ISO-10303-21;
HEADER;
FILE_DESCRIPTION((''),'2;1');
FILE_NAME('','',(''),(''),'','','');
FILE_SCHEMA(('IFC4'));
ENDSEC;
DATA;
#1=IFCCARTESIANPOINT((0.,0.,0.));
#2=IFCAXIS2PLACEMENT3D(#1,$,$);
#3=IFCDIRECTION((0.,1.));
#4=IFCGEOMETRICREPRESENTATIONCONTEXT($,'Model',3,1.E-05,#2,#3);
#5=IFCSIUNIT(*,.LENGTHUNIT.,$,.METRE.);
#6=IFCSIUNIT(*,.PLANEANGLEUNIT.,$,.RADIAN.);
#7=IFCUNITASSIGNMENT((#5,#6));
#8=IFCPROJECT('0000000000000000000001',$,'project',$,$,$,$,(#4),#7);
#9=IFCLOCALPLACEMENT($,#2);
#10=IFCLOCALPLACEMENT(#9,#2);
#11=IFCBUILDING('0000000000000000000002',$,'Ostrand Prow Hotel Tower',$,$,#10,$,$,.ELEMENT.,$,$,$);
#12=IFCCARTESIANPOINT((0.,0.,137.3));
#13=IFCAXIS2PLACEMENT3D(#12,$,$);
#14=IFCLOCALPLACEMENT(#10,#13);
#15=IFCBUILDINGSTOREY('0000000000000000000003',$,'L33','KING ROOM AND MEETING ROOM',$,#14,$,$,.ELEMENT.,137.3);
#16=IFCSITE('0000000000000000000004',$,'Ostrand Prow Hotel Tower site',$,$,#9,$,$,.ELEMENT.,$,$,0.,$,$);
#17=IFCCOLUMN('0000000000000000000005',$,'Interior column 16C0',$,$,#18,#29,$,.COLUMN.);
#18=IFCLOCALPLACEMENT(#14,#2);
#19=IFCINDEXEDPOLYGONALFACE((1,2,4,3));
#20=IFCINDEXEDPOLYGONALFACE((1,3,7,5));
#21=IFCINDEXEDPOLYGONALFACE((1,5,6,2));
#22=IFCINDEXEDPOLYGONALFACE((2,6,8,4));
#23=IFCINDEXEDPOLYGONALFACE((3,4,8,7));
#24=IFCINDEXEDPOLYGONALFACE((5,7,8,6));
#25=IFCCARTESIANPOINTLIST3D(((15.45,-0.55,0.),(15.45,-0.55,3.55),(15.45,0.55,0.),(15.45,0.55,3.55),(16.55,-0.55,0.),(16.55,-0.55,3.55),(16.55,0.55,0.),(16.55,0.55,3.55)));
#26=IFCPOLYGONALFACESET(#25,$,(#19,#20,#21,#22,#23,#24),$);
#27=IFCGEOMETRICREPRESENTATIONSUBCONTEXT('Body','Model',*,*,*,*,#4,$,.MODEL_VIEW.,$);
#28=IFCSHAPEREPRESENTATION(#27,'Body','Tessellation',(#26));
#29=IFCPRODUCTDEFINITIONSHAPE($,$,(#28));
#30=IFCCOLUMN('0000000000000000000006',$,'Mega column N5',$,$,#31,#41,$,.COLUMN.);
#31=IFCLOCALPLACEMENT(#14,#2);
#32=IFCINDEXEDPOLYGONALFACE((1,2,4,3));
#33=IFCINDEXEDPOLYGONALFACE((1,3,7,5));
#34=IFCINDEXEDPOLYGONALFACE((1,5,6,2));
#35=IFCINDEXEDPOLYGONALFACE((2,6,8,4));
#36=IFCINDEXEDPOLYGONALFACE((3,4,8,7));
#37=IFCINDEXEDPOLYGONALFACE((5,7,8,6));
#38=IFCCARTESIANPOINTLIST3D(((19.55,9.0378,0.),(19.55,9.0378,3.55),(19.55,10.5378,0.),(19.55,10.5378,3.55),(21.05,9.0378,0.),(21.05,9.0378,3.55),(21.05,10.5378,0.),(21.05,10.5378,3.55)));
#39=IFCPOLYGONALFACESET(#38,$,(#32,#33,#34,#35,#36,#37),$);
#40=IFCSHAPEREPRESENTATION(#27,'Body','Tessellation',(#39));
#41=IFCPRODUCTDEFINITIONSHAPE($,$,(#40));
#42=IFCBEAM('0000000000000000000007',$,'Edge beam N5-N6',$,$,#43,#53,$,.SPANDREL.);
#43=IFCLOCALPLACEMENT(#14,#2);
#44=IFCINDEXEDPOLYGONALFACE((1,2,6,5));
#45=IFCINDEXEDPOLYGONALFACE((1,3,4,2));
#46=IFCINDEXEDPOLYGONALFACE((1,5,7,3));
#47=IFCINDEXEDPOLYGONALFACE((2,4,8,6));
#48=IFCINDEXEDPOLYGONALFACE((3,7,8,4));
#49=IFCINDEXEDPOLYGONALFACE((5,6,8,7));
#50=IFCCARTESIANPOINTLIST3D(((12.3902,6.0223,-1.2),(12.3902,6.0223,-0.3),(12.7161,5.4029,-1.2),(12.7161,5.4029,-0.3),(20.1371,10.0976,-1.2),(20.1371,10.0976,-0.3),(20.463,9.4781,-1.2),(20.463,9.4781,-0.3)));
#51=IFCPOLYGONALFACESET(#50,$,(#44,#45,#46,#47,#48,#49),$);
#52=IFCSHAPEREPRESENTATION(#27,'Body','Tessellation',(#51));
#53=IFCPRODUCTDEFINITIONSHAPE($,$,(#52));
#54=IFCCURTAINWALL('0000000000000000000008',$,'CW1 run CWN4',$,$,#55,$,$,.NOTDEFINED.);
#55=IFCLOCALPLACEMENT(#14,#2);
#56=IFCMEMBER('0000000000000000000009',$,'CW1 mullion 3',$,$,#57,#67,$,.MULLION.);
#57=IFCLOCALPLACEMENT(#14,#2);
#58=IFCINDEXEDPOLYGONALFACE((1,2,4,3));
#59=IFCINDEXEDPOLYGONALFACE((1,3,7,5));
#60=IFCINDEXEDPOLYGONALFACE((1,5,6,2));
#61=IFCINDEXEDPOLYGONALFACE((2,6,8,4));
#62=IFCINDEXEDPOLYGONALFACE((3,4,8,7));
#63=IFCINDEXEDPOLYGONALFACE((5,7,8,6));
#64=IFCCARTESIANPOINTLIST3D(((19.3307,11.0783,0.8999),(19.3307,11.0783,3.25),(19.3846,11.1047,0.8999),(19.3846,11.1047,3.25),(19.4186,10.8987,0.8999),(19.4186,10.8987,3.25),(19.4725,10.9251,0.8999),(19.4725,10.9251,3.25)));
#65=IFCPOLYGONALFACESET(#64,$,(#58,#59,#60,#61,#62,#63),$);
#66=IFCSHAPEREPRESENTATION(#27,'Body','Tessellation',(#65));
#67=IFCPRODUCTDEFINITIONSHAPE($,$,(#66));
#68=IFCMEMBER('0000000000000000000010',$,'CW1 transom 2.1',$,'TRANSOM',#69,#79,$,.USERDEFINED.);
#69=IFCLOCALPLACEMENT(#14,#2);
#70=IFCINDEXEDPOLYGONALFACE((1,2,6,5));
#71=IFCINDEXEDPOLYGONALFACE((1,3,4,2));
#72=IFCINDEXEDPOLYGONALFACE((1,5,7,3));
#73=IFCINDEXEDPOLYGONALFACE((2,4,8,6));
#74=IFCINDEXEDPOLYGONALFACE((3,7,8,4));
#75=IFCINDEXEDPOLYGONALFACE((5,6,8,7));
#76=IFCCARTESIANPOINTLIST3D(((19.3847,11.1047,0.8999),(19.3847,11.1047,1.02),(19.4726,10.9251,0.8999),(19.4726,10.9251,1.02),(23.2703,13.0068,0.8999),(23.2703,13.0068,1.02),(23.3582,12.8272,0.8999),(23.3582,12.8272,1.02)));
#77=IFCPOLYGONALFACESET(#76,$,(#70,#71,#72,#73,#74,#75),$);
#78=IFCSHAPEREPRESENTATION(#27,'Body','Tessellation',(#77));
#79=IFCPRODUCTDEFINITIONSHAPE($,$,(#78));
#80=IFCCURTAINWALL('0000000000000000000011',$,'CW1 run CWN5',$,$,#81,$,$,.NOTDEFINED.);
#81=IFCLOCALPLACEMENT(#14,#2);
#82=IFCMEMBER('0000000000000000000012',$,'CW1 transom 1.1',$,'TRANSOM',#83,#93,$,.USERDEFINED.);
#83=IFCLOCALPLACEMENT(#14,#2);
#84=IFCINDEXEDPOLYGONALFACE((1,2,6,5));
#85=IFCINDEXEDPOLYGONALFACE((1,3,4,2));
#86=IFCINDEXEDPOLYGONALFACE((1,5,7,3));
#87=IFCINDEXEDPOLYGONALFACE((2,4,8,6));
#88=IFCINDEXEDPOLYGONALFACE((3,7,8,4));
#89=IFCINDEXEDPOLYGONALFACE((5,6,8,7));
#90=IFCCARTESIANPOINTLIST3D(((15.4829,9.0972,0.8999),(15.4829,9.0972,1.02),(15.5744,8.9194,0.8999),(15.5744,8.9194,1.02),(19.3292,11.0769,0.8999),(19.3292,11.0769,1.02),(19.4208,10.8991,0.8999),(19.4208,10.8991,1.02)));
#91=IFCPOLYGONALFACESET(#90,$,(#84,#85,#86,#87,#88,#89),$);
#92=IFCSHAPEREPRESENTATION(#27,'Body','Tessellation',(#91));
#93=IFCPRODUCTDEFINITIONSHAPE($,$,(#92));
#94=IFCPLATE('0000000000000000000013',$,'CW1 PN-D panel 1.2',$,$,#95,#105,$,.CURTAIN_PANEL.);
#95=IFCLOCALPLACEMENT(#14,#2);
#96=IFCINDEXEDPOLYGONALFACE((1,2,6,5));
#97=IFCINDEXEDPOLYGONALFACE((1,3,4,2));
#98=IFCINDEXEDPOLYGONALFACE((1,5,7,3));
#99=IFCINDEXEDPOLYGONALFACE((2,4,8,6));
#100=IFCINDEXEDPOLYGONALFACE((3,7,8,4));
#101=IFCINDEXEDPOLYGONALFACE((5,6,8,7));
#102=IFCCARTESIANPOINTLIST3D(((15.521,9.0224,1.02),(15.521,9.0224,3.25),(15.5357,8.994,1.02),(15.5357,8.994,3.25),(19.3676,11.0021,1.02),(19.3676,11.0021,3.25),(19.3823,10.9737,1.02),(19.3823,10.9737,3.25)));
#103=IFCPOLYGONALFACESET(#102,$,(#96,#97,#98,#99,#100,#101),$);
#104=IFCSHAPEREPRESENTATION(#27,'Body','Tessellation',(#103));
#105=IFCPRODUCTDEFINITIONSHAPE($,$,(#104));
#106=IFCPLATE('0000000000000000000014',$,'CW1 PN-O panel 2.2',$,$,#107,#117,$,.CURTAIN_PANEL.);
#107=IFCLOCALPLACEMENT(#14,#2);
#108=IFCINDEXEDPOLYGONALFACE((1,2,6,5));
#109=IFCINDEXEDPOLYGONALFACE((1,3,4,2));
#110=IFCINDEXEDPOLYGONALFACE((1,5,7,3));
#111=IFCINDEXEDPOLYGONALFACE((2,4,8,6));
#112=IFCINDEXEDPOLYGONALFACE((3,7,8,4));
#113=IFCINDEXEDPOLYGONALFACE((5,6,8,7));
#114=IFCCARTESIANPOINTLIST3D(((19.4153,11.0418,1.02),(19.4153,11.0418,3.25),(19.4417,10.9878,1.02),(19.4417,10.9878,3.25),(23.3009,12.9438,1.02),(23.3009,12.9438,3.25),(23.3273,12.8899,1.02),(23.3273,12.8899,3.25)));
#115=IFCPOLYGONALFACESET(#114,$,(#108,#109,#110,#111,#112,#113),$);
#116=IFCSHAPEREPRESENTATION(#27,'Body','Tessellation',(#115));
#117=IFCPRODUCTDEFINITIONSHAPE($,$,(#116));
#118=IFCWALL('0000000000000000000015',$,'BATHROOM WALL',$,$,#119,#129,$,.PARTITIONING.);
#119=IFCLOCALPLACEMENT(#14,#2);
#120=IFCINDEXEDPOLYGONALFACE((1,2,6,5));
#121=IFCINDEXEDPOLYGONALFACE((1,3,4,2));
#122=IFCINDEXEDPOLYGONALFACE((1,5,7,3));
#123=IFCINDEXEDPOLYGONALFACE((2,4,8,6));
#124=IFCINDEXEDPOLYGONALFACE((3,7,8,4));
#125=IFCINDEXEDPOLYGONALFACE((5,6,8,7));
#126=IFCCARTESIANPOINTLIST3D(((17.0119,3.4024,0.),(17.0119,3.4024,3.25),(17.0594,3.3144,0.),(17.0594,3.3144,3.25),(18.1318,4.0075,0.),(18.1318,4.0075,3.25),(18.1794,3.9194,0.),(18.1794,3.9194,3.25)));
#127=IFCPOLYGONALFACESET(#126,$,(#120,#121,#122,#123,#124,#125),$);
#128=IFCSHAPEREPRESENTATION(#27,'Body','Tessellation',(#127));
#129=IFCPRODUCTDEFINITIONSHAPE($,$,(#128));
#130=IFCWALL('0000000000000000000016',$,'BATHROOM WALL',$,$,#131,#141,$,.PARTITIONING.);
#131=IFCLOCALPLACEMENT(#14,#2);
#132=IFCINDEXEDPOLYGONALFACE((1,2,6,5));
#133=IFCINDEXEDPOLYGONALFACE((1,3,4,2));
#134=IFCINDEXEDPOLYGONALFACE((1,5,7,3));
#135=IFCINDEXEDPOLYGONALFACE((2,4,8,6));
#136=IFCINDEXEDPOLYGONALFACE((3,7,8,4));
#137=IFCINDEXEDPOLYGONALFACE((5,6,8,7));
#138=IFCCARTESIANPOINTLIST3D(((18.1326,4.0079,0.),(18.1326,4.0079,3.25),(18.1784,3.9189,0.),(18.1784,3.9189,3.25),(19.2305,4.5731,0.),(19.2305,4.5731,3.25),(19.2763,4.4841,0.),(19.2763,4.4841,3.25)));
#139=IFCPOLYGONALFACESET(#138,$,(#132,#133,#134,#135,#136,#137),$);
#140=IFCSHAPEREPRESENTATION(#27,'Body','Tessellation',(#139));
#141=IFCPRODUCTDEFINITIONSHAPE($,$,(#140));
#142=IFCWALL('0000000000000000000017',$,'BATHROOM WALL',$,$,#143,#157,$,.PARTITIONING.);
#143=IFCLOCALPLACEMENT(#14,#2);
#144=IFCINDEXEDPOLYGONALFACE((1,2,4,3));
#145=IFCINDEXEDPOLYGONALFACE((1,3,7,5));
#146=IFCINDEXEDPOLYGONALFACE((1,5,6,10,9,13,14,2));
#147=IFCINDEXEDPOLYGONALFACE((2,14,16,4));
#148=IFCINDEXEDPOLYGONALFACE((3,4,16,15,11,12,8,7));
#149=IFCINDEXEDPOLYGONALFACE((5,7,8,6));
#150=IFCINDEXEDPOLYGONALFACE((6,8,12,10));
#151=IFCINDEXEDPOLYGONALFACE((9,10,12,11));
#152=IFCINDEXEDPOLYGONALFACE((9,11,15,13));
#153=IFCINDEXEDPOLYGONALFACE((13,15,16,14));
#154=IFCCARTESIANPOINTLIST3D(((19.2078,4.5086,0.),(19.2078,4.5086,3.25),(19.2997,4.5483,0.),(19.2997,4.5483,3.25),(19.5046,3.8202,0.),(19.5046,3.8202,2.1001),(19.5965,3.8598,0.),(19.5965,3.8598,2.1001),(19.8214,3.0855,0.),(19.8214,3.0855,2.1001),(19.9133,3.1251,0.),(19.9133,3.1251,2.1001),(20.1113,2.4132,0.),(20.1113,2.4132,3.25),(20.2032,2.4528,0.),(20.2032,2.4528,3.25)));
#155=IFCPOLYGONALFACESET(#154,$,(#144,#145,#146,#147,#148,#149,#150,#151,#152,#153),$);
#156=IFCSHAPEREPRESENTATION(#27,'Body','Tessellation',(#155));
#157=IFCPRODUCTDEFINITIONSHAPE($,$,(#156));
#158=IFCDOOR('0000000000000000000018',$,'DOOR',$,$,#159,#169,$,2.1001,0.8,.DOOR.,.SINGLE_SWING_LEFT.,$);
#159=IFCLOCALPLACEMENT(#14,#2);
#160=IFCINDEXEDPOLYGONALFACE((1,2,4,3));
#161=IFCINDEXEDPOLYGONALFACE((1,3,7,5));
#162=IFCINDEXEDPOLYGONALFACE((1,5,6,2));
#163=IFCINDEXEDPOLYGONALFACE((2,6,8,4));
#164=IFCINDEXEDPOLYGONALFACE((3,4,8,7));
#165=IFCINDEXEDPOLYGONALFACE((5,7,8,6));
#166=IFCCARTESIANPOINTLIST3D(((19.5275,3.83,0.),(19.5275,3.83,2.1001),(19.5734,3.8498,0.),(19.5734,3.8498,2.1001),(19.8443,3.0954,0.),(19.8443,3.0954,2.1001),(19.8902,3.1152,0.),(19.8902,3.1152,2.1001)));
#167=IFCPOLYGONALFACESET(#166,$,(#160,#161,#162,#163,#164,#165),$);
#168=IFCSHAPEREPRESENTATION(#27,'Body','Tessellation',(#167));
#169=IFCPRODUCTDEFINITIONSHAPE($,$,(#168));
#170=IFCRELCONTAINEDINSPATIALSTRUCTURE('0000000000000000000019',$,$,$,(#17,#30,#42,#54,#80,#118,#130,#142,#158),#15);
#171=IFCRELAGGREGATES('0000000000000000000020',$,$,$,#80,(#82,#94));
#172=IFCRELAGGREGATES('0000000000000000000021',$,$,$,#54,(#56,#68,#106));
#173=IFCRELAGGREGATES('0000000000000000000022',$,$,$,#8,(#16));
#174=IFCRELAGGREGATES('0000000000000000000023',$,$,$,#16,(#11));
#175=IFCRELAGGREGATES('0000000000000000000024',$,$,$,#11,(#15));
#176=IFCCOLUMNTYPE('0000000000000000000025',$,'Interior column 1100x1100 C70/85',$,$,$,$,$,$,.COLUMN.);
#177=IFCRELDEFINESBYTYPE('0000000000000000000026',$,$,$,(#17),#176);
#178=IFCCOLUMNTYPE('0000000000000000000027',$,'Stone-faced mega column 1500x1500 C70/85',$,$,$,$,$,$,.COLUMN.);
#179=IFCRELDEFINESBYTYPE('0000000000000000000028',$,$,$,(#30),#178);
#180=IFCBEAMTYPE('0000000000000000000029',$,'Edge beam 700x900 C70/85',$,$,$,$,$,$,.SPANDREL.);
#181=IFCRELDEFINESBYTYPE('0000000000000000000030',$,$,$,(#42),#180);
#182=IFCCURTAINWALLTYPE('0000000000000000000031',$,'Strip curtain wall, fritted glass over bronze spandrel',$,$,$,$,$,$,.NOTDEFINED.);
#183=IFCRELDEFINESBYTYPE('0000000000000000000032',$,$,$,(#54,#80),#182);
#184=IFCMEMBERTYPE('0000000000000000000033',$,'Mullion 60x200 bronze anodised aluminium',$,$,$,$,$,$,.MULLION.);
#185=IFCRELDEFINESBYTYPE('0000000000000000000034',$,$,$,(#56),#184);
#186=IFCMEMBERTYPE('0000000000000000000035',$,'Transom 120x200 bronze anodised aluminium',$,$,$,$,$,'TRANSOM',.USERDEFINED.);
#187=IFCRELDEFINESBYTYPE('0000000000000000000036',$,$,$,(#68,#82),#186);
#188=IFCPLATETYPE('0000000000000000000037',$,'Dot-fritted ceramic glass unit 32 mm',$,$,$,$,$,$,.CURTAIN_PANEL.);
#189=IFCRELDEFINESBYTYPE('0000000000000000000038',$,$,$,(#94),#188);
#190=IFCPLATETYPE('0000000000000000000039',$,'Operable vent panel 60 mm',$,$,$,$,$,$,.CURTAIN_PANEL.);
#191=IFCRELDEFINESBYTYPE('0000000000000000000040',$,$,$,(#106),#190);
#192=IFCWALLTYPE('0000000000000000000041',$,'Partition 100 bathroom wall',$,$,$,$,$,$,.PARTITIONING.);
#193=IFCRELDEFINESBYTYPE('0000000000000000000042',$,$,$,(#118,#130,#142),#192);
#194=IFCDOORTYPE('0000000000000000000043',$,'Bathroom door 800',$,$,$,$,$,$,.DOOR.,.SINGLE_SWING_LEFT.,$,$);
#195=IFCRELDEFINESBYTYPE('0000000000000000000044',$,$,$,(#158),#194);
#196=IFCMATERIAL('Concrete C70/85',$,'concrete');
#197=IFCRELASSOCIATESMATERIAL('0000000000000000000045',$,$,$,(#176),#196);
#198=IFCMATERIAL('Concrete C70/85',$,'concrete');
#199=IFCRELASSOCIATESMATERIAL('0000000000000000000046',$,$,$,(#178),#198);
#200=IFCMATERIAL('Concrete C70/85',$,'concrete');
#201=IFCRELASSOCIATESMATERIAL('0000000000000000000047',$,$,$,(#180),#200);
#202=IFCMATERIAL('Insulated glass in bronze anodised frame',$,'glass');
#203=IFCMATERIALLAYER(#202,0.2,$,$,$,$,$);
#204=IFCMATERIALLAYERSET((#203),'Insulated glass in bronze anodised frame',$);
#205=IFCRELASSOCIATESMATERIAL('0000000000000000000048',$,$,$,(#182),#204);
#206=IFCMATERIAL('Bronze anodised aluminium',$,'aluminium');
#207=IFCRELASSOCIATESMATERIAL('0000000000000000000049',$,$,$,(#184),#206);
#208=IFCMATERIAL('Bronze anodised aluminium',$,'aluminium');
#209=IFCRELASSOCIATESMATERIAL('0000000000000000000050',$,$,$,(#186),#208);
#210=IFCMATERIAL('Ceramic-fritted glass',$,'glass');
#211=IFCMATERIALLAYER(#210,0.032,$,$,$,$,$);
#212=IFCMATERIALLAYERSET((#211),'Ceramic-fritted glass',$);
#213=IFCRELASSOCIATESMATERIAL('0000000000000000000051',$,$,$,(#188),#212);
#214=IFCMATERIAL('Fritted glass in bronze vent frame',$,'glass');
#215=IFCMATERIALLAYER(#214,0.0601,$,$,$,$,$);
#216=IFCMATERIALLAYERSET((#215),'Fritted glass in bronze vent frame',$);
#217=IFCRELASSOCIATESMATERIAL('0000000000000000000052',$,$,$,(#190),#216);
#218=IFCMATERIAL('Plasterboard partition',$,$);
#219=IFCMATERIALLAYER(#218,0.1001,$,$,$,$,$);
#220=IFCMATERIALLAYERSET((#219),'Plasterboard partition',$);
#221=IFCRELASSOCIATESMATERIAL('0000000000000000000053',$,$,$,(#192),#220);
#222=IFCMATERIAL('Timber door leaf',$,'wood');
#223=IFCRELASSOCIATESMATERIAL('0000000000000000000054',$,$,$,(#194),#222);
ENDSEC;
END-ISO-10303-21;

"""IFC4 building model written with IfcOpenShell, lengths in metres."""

from ifc_helpers import new_model, si_unit, direction, frame, frame_2d, origin, origin_2d, place, context, subcontext, project, spatial, rectangle, extrude, material, layer, layer_set, material_profile, profile_set, type_object, element, fill, aggregate, save


model = new_model("IFC4")

# Units and contexts
model_context = context("Model", 3, precision=1e-05, world=origin(), true_north=direction((0.0, 1.0)))
body_context = subcontext(model_context, "Body", "Model", "MODEL_VIEW")
ifc_project = project(units=[si_unit("LENGTHUNIT", "METRE"), si_unit("PLANEANGLEUNIT", "RADIAN")], contexts=[model_context])

# Site, building, storey
site_placement = place(None, origin())
site = spatial("IfcSite", under=ifc_project, at=site_placement, Name="Ostrand Prow Hotel Tower site", CompositionType="ELEMENT", RefElevation=0.0)
building_placement = place(site_placement, origin())
building = spatial("IfcBuilding", under=site, at=building_placement, Name="Ostrand Prow Hotel Tower", CompositionType="ELEMENT")
storey_placement = place(building_placement, frame((0.0, 0.0, 137.3)))
storey = spatial("IfcBuildingStorey", under=building, at=storey_placement, Name="L33", Description="KING ROOM AND MEETING ROOM", CompositionType="ELEMENT", Elevation=137.3)

# Columns
ifc_material_1 = material(Name="Concrete C70/85", Category="concrete")
ifc_material_profile_1 = material_profile(ifc_material_1, rectangle(XDim=1.1001, YDim=1.1001, at=origin_2d()), Name="RC 1100x1100")
ifc_profile_set_1 = profile_set([ifc_material_profile_1], Name="Concrete C70/85")
column_type_1 = type_object("IfcColumnType", Name="Interior column 1100x1100 C70/85", PredefinedType="COLUMN", material=ifc_profile_set_1)
column_1_placement = place(storey_placement, frame((16.0, 0.0, 0.0), z_axis=(0.0, 0.0, 1.0), x_axis=(1.0, 0.0, 0.0)))
element("IfcColumn", 1, at=column_1_placement, inside=storey, type_object=column_type_1, Name="Interior column 16C0", PredefinedType="COLUMN", context=body_context, shape_type="SweptSolid", body=[
    extrude(rectangle(XDim=1.1001, YDim=1.1001, at=origin_2d()), origin(), (0.0, 0.0, 1.0), 3.55),
])
ifc_material_2 = material(Name="Concrete C70/85", Category="concrete")
ifc_material_profile_2 = material_profile(ifc_material_2, rectangle(XDim=1.5, YDim=1.5, at=origin_2d()), Name="RC 1500x1500")
ifc_profile_set_2 = profile_set([ifc_material_profile_2], Name="Concrete C70/85")
column_type_2 = type_object("IfcColumnType", Name="Stone-faced mega column 1500x1500 C70/85", PredefinedType="COLUMN", material=ifc_profile_set_2)
column_2_placement = place(storey_placement, frame((20.3, 9.7878, 0.0), z_axis=(0.0, 0.0, 1.0), x_axis=(1.0, 0.0, 0.0)))
element("IfcColumn", 2, at=column_2_placement, inside=storey, type_object=column_type_2, Name="Mega column N5", PredefinedType="COLUMN", context=body_context, shape_type="SweptSolid", body=[
    extrude(rectangle(XDim=1.5, YDim=1.5, at=origin_2d()), origin(), (0.0, 0.0, 1.0), 3.55),
])

# Beam
ifc_material_3 = material(Name="Concrete C70/85", Category="concrete")
ifc_material_profile_3 = material_profile(ifc_material_3, rectangle(XDim=0.7, YDim=0.8999, at=origin_2d()), Name="RC 700x900")
ifc_profile_set_3 = profile_set([ifc_material_profile_3], Name="Concrete C70/85")
beam_type = type_object("IfcBeamType", Name="Edge beam 700x900 C70/85", PredefinedType="SPANDREL", material=ifc_profile_set_3)
beam_placement = place(storey_placement, frame((20.3, 9.7878, -0.75), z_axis=(-0.885016, -0.46556, 0.0), x_axis=(0.46556, -0.885016, 0.0)))
element("IfcBeam", 3, at=beam_placement, inside=storey, type_object=beam_type, Name="Edge beam N5-N6", PredefinedType="SPANDREL", context=body_context, shape_type="SweptSolid", body=[
    extrude(rectangle(XDim=0.7, YDim=0.8999, at=origin_2d()), origin(), (0.0, 0.0, 1.0), 8.7534),
])

# Curtain wall, members
ifc_material_4 = material(Name="Insulated glass in bronze anodised frame", Category="glass")
ifc_layer_1 = layer(ifc_material_4, 0.2)
ifc_layer_set_1 = layer_set([ifc_layer_1], Name="Insulated glass in bronze anodised frame")
curtain_wall_type = type_object("IfcCurtainWallType", Name="Strip curtain wall, fritted glass over bronze spandrel", PredefinedType="NOTDEFINED", material=ifc_layer_set_1)
curtain_wall_1_placement = place(storey_placement, origin())
curtain_wall_1 = element("IfcCurtainWall", 4, at=curtain_wall_1_placement, inside=storey, type_object=curtain_wall_type, Name="CW1 run CWN4", PredefinedType="NOTDEFINED")
ifc_material_5 = material(Name="Bronze anodised aluminium", Category="aluminium")
ifc_material_profile_4 = material_profile(ifc_material_5, rectangle(XDim=0.2, YDim=0.0601, at=origin_2d()), Name="Mullion 60x200 bronze anodised aluminium")
ifc_profile_set_4 = profile_set([ifc_material_profile_4], Name="Bronze anodised aluminium")
member_type_1 = type_object("IfcMemberType", Name="Mullion 60x200 bronze anodised aluminium", PredefinedType="MULLION", material=ifc_profile_set_4)
member_1_placement = place(storey_placement, frame((19.4016, 11.0017, 0.8999), z_axis=(0.0, 0.0, 1.0), x_axis=(0.439659, -0.898165, 0.0)))
member_1 = element("IfcMember", 5, at=member_1_placement, type_object=member_type_1, Name="CW1 mullion 3", PredefinedType="MULLION", context=body_context, shape_type="SweptSolid", body=[
    extrude(rectangle(XDim=0.2, YDim=0.0601, at=origin_2d()), origin(), (0.0, 0.0, 1.0), 2.3501),
])
ifc_material_6 = material(Name="Bronze anodised aluminium", Category="aluminium")
ifc_material_profile_5 = material_profile(ifc_material_6, rectangle(XDim=0.2, YDim=0.1201, at=origin_2d()), Name="Transom 120x200 bronze anodised aluminium")
ifc_profile_set_5 = profile_set([ifc_material_profile_5], Name="Bronze anodised aluminium")
member_type_2 = type_object("IfcMemberType", Name="Transom 120x200 bronze anodised aluminium", ElementType="TRANSOM", PredefinedType="USERDEFINED", material=ifc_profile_set_5)
member_2_placement = place(storey_placement, frame((23.3142, 12.917, 0.96), z_axis=(-0.898154, -0.439681, 0.0), x_axis=(0.439681, -0.898154, 0.0)))
member_2 = element("IfcMember", 6, at=member_2_placement, type_object=member_type_2, Name="CW1 transom 2.1", ObjectType="TRANSOM", PredefinedType="USERDEFINED", context=body_context, shape_type="SweptSolid", body=[
    extrude(rectangle(XDim=0.2, YDim=0.1201, at=origin_2d()), origin(), (0.0, 0.0, 1.0), 4.3262),
])

# Curtain wall, member, plate
curtain_wall_2_placement = place(storey_placement, origin())
curtain_wall_2 = element("IfcCurtainWall", 7, at=curtain_wall_2_placement, inside=storey, type_object=curtain_wall_type, Name="CW1 run CWN5", PredefinedType="NOTDEFINED")
member_3_placement = place(storey_placement, frame((19.375, 10.988, 0.96), z_axis=(-0.88914, -0.457635, 0.0), x_axis=(0.457635, -0.88914, 0.0)))
member_3 = element("IfcMember", 8, at=member_3_placement, type_object=member_type_2, Name="CW1 transom 1.1", ObjectType="TRANSOM", PredefinedType="USERDEFINED", context=body_context, shape_type="SweptSolid", body=[
    extrude(rectangle(XDim=0.2, YDim=0.1201, at=origin_2d()), origin(), (0.0, 0.0, 1.0), 4.3259),
])
ifc_material_7 = material(Name="Ceramic-fritted glass", Category="glass")
ifc_layer_2 = layer(ifc_material_7, 0.032)
ifc_layer_set_2 = layer_set([ifc_layer_2], Name="Ceramic-fritted glass")
plate_type_1 = type_object("IfcPlateType", Name="Dot-fritted ceramic glass unit 32 mm", PredefinedType="CURTAIN_PANEL", material=ifc_layer_set_2)
plate_1_placement = place(storey_placement, frame((17.4517, 9.998, 1.02), z_axis=(0.0, 0.0, 1.0), x_axis=(-0.889148, -0.457619, 0.0)))
plate_1 = element("IfcPlate", 9, at=plate_1_placement, type_object=plate_type_1, Name="CW1 PN-D panel 1.2", PredefinedType="CURTAIN_PANEL", context=body_context, shape_type="SweptSolid", body=[
    extrude(rectangle(XDim=4.3262, YDim=0.032, at=origin_2d()), origin(), (0.0, 0.0, 1.0), 2.23),
])
aggregate(curtain_wall_2, [member_3, plate_1])

# Plate
ifc_material_8 = material(Name="Fritted glass in bronze vent frame", Category="glass")
ifc_layer_3 = layer(ifc_material_8, 0.0601)
ifc_layer_set_3 = layer_set([ifc_layer_3], Name="Fritted glass in bronze vent frame")
plate_type_2 = type_object("IfcPlateType", Name="Operable vent panel 60 mm", PredefinedType="CURTAIN_PANEL", material=ifc_layer_set_3)
plate_2_placement = place(storey_placement, frame((21.3713, 11.9658, 1.02), z_axis=(0.0, 0.0, 1.0), x_axis=(-0.898165, -0.439659, 0.0)))
plate_2 = element("IfcPlate", 10, at=plate_2_placement, type_object=plate_type_2, Name="CW1 PN-O panel 2.2", PredefinedType="CURTAIN_PANEL", context=body_context, shape_type="SweptSolid", body=[
    extrude(rectangle(XDim=4.3262, YDim=0.0601, at=origin_2d()), origin(), (0.0, 0.0, 1.0), 2.23),
])
aggregate(curtain_wall_1, [member_1, member_2, plate_2])

# Walls
ifc_material_9 = material(Name="Plasterboard partition")
ifc_layer_4 = layer(ifc_material_9, 0.1001)
ifc_layer_set_4 = layer_set([ifc_layer_4], Name="Plasterboard partition")
wall_type_1 = type_object("IfcWallType", Name="Partition 100 bathroom wall", PredefinedType="PARTITIONING", material=ifc_layer_set_4)
wall_1_placement = place(storey_placement, frame((17.0356, 3.3584, 0.0), z_axis=(0.0, 0.0, 1.0), x_axis=(0.879824, 0.4753, 0.0)))
element("IfcWall", 11, at=wall_1_placement, inside=storey, type_object=wall_type_1, Name="BATHROOM WALL", PredefinedType="PARTITIONING", context=body_context, shape_type="SweptSolid", body=[
    extrude(rectangle(XDim=1.2729, YDim=0.1001, at=frame_2d((0.6365, 0.0))), origin(), (0.0, 0.0, 1.0), 3.25),
])
wall_2_placement = place(storey_placement, frame((18.1555, 3.9634, 0.0), z_axis=(0.0, 0.0, 1.0), x_axis=(0.889106, 0.457701, 0.0)))
element("IfcWall", 12, at=wall_2_placement, inside=storey, type_object=wall_type_1, Name="BATHROOM WALL", PredefinedType="PARTITIONING", context=body_context, shape_type="SweptSolid", body=[
    extrude(rectangle(XDim=1.2349, YDim=0.1001, at=frame_2d((0.6174, 0.0))), origin(), (0.0, 0.0, 1.0), 3.25),
])

# Wall, opening, door
wall_3_placement = place(storey_placement, frame((19.2537, 4.5286, 0.0), z_axis=(0.0, 0.0, 1.0), x_axis=(0.395958, -0.918268, 0.0)))
wall_3 = element("IfcWall", 13, at=wall_3_placement, inside=storey, type_object=wall_type_1, Name="BATHROOM WALL", PredefinedType="PARTITIONING", context=body_context, shape_type="SweptSolid", body=[
    extrude(rectangle(XDim=2.282, YDim=0.1001, at=frame_2d((1.1411, 0.0))), origin(), (0.0, 0.0, 1.0), 3.25),
])
opening_1_placement = place(wall_3_placement, frame((0.75, 0.0, 0.0)))
opening_1 = element("IfcOpeningElement", 14, at=opening_1_placement, cuts=wall_3, PredefinedType="OPENING", context=body_context, shape_type="SweptSolid", body=[
    extrude(rectangle(XDim=0.8, YDim=2.1001, at=frame_2d((0.3999, 1.05))), frame((0.0, 0.0601, 0.0), z_axis=(0.0, -1.0, 0.0), x_axis=(1.0, 0.0, 0.0)), (0.0, 0.0, 1.0), 0.1201),
])
ifc_material_10 = material(Name="Timber door leaf", Category="wood")
door_type_1 = type_object("IfcDoorType", Name="Bathroom door 800", OperationType="SINGLE_SWING_LEFT", PredefinedType="DOOR", material=ifc_material_10)
door_1_placement = place(opening_1_placement, origin())
door_1 = element("IfcDoor", 15, at=door_1_placement, inside=storey, type_object=door_type_1, Name="DOOR", OperationType="SINGLE_SWING_LEFT", OverallHeight=2.1001, OverallWidth=0.8, PredefinedType="DOOR", context=body_context, shape_type="SweptSolid", body=[
    extrude(rectangle(XDim=0.8, YDim=2.1001, at=frame_2d((0.3999, 1.05))), frame((0.0, 0.0249, 0.0), z_axis=(0.0, -1.0, 0.0), x_axis=(1.0, 0.0, 0.0)), (0.0, 0.0, 1.0), 0.05),
])
fill(opening_1, door_1)

save(model, "model.ifc")
